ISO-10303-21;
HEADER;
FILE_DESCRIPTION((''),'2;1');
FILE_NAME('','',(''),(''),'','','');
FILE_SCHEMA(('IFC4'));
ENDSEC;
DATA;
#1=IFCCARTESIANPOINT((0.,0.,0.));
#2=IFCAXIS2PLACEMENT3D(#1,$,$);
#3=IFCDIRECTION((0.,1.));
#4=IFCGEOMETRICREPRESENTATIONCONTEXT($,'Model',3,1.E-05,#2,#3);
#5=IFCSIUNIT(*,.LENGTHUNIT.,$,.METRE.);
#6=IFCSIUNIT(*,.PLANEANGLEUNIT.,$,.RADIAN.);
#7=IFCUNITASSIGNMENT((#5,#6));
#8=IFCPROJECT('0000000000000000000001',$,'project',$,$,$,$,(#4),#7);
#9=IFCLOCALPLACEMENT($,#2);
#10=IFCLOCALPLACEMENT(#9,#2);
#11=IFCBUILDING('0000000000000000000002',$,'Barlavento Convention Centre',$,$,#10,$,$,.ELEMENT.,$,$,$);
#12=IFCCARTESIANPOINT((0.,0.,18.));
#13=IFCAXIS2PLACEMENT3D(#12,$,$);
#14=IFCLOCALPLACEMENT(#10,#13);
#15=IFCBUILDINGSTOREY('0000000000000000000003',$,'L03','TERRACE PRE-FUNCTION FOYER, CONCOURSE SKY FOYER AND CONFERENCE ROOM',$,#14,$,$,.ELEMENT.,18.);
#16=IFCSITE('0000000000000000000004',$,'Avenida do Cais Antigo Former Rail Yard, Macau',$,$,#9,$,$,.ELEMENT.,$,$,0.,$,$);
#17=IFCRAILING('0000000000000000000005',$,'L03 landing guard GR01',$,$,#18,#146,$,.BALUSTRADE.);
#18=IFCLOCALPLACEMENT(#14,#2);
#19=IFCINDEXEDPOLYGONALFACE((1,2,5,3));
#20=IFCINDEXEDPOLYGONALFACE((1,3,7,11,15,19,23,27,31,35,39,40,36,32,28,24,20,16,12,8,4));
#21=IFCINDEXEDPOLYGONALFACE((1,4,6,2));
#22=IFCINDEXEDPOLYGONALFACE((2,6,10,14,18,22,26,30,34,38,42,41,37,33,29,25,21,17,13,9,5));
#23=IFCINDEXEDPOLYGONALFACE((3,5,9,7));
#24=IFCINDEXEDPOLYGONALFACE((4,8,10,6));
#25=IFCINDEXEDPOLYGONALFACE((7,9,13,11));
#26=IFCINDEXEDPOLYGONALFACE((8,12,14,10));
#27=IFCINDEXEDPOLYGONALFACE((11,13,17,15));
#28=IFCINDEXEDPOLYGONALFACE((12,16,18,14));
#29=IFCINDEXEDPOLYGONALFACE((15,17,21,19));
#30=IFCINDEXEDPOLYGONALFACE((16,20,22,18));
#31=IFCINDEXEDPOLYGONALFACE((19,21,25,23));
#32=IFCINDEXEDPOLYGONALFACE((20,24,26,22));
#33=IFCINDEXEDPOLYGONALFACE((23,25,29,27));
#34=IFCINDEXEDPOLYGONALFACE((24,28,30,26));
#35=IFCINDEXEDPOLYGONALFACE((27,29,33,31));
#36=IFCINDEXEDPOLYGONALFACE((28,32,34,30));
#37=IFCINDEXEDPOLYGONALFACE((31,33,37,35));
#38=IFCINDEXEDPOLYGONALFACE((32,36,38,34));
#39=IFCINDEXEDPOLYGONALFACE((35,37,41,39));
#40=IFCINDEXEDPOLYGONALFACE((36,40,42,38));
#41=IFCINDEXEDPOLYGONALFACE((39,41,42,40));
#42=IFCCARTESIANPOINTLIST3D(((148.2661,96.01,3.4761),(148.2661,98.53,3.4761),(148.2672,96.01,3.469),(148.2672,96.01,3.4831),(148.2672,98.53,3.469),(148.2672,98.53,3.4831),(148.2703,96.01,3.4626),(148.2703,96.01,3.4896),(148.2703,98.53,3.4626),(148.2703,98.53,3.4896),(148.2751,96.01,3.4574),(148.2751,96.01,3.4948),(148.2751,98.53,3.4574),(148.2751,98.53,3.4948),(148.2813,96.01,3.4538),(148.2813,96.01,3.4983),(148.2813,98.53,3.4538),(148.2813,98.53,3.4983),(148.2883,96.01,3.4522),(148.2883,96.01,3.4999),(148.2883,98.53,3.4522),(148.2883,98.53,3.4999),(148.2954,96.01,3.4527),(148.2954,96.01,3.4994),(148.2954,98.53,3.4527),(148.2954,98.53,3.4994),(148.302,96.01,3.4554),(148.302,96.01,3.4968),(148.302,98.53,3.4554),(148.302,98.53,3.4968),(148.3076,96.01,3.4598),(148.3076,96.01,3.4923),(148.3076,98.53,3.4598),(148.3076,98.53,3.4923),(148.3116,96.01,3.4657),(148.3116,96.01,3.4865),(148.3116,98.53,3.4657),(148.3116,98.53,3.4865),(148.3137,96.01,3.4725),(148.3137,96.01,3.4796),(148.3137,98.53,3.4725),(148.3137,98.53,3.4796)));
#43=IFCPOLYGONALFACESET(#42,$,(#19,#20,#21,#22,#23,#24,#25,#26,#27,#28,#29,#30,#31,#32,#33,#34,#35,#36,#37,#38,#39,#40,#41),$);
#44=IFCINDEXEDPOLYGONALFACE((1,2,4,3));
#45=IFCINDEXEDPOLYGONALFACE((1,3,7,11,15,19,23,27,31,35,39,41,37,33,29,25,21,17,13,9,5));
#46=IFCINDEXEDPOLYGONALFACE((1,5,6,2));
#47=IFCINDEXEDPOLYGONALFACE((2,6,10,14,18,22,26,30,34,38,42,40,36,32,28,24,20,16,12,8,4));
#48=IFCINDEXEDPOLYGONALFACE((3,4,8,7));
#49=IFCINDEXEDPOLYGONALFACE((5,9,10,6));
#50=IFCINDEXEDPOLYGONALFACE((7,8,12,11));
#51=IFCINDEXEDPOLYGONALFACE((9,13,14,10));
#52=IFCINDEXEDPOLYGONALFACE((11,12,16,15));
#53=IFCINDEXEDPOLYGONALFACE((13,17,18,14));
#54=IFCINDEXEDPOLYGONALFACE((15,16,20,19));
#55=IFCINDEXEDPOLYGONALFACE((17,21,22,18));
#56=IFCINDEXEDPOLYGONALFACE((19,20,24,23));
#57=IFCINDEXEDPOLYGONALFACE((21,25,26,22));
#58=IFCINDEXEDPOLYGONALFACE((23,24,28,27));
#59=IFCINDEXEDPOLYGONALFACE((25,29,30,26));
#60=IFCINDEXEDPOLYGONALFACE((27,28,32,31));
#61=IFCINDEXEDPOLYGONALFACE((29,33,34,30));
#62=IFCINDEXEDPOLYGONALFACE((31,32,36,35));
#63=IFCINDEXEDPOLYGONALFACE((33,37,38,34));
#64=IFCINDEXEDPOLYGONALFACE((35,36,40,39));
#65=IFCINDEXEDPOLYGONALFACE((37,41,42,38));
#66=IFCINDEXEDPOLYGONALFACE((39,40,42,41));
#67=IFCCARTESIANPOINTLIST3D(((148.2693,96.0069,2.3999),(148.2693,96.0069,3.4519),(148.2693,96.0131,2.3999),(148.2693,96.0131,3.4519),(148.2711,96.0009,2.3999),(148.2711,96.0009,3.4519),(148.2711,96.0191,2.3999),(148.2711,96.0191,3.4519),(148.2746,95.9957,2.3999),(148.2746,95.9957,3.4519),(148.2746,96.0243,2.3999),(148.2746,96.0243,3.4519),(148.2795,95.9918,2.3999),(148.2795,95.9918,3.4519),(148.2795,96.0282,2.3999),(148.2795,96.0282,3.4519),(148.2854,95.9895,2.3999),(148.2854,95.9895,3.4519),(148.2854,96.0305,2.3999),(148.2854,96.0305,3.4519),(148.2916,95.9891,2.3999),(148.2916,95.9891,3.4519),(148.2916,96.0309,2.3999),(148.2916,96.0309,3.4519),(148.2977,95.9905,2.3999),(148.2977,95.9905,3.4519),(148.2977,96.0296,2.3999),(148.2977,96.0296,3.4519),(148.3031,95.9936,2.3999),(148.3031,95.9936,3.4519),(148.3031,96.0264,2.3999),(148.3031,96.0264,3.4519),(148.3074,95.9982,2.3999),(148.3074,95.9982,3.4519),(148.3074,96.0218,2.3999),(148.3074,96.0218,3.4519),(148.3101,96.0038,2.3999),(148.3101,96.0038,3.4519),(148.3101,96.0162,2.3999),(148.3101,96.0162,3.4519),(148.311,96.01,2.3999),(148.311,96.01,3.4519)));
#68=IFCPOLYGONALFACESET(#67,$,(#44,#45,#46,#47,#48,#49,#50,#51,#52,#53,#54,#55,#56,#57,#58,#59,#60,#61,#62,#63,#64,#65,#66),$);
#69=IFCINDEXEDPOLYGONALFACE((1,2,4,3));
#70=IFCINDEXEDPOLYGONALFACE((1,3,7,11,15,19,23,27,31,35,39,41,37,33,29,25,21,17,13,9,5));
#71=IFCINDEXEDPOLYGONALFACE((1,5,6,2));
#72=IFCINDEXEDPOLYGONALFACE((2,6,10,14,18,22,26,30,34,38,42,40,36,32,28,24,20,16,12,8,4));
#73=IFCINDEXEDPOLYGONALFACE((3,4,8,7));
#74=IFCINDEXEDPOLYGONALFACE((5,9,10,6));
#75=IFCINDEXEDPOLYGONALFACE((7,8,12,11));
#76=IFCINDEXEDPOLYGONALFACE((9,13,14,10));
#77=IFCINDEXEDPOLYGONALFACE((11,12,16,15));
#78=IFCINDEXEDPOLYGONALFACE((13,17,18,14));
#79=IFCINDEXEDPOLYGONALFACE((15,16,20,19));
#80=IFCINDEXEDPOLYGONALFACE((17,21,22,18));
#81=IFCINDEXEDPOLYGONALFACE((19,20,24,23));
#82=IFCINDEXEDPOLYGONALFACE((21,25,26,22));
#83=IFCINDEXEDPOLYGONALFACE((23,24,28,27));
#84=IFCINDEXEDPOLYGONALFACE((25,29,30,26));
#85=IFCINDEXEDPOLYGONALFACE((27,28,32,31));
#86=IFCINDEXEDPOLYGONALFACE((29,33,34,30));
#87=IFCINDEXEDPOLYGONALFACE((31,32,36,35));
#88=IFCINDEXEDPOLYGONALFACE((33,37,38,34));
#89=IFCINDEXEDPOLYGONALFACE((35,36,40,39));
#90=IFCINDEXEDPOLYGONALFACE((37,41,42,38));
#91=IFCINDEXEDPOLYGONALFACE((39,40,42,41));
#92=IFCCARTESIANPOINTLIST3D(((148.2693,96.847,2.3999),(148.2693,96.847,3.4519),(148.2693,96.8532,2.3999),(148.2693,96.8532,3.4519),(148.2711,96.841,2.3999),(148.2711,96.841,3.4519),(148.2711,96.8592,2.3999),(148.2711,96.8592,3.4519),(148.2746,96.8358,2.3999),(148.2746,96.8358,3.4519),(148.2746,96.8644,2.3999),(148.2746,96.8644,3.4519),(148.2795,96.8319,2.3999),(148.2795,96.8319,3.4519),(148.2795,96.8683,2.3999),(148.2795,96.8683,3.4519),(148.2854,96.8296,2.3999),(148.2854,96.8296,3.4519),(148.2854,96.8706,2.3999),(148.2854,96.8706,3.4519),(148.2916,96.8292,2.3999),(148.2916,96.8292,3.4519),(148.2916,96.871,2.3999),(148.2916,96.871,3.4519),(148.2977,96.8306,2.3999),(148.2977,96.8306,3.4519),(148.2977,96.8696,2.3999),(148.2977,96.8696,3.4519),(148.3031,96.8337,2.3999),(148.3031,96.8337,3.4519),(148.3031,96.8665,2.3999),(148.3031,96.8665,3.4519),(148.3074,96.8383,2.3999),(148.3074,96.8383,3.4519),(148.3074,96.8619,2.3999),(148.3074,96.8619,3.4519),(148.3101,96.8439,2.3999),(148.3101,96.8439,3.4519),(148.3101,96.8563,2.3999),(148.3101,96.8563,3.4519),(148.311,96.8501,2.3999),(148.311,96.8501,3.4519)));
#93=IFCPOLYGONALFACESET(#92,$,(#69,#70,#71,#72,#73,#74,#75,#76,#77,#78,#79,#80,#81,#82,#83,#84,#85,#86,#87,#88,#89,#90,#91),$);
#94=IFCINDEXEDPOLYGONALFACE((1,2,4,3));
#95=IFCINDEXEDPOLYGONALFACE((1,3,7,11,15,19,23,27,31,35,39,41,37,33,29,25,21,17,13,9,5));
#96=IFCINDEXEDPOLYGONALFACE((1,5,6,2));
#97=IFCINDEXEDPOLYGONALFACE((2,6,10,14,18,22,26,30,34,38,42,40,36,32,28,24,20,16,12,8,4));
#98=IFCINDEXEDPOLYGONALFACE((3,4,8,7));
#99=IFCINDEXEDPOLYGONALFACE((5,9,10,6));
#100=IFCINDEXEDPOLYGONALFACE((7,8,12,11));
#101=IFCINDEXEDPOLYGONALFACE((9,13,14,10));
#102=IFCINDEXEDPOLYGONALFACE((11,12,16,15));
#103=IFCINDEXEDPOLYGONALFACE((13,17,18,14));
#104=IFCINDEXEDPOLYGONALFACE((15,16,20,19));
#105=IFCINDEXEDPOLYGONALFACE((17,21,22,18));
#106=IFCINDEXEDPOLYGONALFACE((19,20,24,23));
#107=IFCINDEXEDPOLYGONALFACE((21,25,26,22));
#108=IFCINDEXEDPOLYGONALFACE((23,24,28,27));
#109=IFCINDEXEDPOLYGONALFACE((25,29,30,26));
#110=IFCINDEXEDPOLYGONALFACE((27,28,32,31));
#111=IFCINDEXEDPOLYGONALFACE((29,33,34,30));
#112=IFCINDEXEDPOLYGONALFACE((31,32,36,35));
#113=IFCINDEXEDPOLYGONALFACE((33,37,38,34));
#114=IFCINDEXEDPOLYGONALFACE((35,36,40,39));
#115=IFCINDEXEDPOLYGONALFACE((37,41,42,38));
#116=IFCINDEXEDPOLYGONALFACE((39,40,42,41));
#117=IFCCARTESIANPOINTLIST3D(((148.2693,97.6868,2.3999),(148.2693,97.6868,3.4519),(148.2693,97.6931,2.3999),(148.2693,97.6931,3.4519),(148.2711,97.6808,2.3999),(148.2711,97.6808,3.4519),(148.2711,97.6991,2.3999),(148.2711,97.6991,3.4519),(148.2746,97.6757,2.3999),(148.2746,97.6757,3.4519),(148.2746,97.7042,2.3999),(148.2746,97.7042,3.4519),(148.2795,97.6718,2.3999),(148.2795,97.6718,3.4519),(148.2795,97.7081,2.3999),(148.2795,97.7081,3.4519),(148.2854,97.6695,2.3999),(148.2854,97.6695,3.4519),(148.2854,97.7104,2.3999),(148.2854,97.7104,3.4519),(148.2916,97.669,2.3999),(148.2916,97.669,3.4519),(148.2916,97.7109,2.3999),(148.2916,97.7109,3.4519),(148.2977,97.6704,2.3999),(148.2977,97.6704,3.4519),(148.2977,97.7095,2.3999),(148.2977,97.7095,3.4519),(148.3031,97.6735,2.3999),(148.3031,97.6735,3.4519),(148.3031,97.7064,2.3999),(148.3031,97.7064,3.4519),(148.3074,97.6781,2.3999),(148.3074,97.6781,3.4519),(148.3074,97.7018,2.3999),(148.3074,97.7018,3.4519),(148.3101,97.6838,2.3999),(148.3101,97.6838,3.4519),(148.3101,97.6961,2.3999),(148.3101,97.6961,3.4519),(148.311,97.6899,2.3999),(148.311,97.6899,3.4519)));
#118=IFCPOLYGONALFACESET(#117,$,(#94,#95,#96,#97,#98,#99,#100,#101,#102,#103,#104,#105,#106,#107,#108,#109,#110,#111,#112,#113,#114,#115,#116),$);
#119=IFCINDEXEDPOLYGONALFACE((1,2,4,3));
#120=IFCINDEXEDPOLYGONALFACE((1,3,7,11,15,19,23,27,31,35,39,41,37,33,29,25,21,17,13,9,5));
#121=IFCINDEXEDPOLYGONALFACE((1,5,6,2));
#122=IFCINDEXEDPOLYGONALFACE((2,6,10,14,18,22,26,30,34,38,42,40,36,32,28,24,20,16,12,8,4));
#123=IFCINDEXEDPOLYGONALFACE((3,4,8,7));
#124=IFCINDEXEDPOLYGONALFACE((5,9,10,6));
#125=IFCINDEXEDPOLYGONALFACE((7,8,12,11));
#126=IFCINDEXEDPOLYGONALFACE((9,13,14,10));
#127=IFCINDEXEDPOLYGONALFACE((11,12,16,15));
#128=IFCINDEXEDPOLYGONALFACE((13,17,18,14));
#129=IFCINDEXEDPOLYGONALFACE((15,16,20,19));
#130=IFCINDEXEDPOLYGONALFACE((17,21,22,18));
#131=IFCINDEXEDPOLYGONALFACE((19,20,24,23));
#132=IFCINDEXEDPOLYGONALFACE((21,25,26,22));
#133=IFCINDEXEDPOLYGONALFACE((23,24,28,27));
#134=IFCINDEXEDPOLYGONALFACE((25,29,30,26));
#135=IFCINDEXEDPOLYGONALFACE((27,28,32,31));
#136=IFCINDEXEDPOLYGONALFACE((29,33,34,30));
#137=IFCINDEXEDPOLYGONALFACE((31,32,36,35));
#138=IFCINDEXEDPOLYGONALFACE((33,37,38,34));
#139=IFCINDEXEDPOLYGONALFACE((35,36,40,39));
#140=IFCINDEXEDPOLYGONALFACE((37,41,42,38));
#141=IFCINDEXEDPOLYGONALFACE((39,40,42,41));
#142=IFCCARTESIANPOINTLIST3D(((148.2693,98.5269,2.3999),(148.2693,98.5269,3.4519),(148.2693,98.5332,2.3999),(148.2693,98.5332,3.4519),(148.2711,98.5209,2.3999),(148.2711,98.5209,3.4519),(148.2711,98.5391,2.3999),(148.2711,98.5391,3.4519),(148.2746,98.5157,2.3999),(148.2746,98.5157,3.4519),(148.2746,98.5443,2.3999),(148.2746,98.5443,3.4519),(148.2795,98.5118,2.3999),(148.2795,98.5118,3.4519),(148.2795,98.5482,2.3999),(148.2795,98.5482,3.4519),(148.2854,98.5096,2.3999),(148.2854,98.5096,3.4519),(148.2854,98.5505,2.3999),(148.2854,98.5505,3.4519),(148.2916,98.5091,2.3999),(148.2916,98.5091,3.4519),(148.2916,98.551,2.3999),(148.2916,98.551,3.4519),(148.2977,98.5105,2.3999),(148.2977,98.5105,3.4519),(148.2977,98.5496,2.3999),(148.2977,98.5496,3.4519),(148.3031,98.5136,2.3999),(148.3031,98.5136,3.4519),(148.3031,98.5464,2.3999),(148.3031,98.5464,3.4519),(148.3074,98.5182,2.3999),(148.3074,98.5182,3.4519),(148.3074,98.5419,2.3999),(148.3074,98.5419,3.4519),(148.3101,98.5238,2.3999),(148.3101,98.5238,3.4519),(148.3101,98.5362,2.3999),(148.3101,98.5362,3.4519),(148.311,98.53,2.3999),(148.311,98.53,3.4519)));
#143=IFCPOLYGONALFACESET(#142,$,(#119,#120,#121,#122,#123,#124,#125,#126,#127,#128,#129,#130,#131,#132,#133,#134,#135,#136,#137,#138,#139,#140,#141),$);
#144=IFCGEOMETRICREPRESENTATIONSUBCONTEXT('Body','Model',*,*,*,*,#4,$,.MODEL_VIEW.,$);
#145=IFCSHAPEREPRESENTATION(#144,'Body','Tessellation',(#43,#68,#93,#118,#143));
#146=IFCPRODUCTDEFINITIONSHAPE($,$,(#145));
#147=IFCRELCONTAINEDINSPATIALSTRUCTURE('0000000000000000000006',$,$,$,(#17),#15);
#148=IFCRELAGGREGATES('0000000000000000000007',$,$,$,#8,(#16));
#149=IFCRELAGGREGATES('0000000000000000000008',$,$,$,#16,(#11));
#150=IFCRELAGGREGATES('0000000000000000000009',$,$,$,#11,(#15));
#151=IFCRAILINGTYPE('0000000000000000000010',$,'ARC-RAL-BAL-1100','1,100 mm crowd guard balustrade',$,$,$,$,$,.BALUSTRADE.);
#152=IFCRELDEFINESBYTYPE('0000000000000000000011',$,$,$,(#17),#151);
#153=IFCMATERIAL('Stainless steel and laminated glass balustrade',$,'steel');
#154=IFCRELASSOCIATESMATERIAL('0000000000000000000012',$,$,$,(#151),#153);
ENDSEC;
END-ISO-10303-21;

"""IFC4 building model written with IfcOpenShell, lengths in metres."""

from ifc_helpers import new_model, si_unit, direction, frame, origin, origin_2d, place, context, subcontext, project, spatial, circle, extrude, material, type_object, element, save


model = new_model("IFC4")

# Units and contexts
model_context = context("Model", 3, precision=1e-05, world=origin(), true_north=direction((0.0, 1.0)))
body_context = subcontext(model_context, "Body", "Model", "MODEL_VIEW")
ifc_project = project(units=[si_unit("LENGTHUNIT", "METRE"), si_unit("PLANEANGLEUNIT", "RADIAN")], contexts=[model_context])

# Site, building, storey
site_placement = place(None, origin())
site = spatial("IfcSite", under=ifc_project, at=site_placement, Name="Avenida do Cais Antigo Former Rail Yard, Macau", CompositionType="ELEMENT", RefElevation=0.0)
building_placement = place(site_placement, origin())
building = spatial("IfcBuilding", under=site, at=building_placement, Name="Barlavento Convention Centre", CompositionType="ELEMENT")
storey_placement = place(building_placement, frame((0.0, 0.0, 18.0)))
storey = spatial("IfcBuildingStorey", under=building, at=storey_placement, Name="L03", Description="TERRACE PRE-FUNCTION FOYER, CONCOURSE SKY FOYER AND CONFERENCE ROOM", CompositionType="ELEMENT", Elevation=18.0)

# Railing
ifc_material_1 = material(Name="Stainless steel and laminated glass balustrade", Category="steel")
railing_type_1 = type_object("IfcRailingType", Name="ARC-RAL-BAL-1100", Description="1,100 mm crowd guard balustrade", PredefinedType="BALUSTRADE", material=ifc_material_1)
for number, where, name in (
    (1, (148.29, 96.01, 2.3999), "L03 landing guard GR01"),
):
    element("IfcRailing", number, at=place(storey_placement, frame(where)), inside=storey, type_object=railing_type_1, Name=name, PredefinedType="BALUSTRADE", context=body_context, shape_type="SweptSolid", body=[
        extrude(circle(Radius=0.0239, at=origin_2d()), frame((0.0, 0.0, 1.0762), z_axis=(0.0, 1.0, 0.0), x_axis=(-1.0, 0.0, 0.0)), (0.0, 0.0, 1.0), 2.52),
        extrude(circle(Radius=0.021, at=origin_2d()), origin(), (0.0, 0.0, 1.0), 1.052),
        extrude(circle(Radius=0.021, at=origin_2d()), frame((0.0, 0.8401, 0.0)), (0.0, 0.0, 1.0), 1.052),
        extrude(circle(Radius=0.021, at=origin_2d()), frame((0.0, 1.6799, 0.0)), (0.0, 0.0, 1.0), 1.052),
        extrude(circle(Radius=0.021, at=origin_2d()), frame((0.0, 2.52, 0.0)), (0.0, 0.0, 1.0), 1.052),
    ])

save(model, "model.ifc")
